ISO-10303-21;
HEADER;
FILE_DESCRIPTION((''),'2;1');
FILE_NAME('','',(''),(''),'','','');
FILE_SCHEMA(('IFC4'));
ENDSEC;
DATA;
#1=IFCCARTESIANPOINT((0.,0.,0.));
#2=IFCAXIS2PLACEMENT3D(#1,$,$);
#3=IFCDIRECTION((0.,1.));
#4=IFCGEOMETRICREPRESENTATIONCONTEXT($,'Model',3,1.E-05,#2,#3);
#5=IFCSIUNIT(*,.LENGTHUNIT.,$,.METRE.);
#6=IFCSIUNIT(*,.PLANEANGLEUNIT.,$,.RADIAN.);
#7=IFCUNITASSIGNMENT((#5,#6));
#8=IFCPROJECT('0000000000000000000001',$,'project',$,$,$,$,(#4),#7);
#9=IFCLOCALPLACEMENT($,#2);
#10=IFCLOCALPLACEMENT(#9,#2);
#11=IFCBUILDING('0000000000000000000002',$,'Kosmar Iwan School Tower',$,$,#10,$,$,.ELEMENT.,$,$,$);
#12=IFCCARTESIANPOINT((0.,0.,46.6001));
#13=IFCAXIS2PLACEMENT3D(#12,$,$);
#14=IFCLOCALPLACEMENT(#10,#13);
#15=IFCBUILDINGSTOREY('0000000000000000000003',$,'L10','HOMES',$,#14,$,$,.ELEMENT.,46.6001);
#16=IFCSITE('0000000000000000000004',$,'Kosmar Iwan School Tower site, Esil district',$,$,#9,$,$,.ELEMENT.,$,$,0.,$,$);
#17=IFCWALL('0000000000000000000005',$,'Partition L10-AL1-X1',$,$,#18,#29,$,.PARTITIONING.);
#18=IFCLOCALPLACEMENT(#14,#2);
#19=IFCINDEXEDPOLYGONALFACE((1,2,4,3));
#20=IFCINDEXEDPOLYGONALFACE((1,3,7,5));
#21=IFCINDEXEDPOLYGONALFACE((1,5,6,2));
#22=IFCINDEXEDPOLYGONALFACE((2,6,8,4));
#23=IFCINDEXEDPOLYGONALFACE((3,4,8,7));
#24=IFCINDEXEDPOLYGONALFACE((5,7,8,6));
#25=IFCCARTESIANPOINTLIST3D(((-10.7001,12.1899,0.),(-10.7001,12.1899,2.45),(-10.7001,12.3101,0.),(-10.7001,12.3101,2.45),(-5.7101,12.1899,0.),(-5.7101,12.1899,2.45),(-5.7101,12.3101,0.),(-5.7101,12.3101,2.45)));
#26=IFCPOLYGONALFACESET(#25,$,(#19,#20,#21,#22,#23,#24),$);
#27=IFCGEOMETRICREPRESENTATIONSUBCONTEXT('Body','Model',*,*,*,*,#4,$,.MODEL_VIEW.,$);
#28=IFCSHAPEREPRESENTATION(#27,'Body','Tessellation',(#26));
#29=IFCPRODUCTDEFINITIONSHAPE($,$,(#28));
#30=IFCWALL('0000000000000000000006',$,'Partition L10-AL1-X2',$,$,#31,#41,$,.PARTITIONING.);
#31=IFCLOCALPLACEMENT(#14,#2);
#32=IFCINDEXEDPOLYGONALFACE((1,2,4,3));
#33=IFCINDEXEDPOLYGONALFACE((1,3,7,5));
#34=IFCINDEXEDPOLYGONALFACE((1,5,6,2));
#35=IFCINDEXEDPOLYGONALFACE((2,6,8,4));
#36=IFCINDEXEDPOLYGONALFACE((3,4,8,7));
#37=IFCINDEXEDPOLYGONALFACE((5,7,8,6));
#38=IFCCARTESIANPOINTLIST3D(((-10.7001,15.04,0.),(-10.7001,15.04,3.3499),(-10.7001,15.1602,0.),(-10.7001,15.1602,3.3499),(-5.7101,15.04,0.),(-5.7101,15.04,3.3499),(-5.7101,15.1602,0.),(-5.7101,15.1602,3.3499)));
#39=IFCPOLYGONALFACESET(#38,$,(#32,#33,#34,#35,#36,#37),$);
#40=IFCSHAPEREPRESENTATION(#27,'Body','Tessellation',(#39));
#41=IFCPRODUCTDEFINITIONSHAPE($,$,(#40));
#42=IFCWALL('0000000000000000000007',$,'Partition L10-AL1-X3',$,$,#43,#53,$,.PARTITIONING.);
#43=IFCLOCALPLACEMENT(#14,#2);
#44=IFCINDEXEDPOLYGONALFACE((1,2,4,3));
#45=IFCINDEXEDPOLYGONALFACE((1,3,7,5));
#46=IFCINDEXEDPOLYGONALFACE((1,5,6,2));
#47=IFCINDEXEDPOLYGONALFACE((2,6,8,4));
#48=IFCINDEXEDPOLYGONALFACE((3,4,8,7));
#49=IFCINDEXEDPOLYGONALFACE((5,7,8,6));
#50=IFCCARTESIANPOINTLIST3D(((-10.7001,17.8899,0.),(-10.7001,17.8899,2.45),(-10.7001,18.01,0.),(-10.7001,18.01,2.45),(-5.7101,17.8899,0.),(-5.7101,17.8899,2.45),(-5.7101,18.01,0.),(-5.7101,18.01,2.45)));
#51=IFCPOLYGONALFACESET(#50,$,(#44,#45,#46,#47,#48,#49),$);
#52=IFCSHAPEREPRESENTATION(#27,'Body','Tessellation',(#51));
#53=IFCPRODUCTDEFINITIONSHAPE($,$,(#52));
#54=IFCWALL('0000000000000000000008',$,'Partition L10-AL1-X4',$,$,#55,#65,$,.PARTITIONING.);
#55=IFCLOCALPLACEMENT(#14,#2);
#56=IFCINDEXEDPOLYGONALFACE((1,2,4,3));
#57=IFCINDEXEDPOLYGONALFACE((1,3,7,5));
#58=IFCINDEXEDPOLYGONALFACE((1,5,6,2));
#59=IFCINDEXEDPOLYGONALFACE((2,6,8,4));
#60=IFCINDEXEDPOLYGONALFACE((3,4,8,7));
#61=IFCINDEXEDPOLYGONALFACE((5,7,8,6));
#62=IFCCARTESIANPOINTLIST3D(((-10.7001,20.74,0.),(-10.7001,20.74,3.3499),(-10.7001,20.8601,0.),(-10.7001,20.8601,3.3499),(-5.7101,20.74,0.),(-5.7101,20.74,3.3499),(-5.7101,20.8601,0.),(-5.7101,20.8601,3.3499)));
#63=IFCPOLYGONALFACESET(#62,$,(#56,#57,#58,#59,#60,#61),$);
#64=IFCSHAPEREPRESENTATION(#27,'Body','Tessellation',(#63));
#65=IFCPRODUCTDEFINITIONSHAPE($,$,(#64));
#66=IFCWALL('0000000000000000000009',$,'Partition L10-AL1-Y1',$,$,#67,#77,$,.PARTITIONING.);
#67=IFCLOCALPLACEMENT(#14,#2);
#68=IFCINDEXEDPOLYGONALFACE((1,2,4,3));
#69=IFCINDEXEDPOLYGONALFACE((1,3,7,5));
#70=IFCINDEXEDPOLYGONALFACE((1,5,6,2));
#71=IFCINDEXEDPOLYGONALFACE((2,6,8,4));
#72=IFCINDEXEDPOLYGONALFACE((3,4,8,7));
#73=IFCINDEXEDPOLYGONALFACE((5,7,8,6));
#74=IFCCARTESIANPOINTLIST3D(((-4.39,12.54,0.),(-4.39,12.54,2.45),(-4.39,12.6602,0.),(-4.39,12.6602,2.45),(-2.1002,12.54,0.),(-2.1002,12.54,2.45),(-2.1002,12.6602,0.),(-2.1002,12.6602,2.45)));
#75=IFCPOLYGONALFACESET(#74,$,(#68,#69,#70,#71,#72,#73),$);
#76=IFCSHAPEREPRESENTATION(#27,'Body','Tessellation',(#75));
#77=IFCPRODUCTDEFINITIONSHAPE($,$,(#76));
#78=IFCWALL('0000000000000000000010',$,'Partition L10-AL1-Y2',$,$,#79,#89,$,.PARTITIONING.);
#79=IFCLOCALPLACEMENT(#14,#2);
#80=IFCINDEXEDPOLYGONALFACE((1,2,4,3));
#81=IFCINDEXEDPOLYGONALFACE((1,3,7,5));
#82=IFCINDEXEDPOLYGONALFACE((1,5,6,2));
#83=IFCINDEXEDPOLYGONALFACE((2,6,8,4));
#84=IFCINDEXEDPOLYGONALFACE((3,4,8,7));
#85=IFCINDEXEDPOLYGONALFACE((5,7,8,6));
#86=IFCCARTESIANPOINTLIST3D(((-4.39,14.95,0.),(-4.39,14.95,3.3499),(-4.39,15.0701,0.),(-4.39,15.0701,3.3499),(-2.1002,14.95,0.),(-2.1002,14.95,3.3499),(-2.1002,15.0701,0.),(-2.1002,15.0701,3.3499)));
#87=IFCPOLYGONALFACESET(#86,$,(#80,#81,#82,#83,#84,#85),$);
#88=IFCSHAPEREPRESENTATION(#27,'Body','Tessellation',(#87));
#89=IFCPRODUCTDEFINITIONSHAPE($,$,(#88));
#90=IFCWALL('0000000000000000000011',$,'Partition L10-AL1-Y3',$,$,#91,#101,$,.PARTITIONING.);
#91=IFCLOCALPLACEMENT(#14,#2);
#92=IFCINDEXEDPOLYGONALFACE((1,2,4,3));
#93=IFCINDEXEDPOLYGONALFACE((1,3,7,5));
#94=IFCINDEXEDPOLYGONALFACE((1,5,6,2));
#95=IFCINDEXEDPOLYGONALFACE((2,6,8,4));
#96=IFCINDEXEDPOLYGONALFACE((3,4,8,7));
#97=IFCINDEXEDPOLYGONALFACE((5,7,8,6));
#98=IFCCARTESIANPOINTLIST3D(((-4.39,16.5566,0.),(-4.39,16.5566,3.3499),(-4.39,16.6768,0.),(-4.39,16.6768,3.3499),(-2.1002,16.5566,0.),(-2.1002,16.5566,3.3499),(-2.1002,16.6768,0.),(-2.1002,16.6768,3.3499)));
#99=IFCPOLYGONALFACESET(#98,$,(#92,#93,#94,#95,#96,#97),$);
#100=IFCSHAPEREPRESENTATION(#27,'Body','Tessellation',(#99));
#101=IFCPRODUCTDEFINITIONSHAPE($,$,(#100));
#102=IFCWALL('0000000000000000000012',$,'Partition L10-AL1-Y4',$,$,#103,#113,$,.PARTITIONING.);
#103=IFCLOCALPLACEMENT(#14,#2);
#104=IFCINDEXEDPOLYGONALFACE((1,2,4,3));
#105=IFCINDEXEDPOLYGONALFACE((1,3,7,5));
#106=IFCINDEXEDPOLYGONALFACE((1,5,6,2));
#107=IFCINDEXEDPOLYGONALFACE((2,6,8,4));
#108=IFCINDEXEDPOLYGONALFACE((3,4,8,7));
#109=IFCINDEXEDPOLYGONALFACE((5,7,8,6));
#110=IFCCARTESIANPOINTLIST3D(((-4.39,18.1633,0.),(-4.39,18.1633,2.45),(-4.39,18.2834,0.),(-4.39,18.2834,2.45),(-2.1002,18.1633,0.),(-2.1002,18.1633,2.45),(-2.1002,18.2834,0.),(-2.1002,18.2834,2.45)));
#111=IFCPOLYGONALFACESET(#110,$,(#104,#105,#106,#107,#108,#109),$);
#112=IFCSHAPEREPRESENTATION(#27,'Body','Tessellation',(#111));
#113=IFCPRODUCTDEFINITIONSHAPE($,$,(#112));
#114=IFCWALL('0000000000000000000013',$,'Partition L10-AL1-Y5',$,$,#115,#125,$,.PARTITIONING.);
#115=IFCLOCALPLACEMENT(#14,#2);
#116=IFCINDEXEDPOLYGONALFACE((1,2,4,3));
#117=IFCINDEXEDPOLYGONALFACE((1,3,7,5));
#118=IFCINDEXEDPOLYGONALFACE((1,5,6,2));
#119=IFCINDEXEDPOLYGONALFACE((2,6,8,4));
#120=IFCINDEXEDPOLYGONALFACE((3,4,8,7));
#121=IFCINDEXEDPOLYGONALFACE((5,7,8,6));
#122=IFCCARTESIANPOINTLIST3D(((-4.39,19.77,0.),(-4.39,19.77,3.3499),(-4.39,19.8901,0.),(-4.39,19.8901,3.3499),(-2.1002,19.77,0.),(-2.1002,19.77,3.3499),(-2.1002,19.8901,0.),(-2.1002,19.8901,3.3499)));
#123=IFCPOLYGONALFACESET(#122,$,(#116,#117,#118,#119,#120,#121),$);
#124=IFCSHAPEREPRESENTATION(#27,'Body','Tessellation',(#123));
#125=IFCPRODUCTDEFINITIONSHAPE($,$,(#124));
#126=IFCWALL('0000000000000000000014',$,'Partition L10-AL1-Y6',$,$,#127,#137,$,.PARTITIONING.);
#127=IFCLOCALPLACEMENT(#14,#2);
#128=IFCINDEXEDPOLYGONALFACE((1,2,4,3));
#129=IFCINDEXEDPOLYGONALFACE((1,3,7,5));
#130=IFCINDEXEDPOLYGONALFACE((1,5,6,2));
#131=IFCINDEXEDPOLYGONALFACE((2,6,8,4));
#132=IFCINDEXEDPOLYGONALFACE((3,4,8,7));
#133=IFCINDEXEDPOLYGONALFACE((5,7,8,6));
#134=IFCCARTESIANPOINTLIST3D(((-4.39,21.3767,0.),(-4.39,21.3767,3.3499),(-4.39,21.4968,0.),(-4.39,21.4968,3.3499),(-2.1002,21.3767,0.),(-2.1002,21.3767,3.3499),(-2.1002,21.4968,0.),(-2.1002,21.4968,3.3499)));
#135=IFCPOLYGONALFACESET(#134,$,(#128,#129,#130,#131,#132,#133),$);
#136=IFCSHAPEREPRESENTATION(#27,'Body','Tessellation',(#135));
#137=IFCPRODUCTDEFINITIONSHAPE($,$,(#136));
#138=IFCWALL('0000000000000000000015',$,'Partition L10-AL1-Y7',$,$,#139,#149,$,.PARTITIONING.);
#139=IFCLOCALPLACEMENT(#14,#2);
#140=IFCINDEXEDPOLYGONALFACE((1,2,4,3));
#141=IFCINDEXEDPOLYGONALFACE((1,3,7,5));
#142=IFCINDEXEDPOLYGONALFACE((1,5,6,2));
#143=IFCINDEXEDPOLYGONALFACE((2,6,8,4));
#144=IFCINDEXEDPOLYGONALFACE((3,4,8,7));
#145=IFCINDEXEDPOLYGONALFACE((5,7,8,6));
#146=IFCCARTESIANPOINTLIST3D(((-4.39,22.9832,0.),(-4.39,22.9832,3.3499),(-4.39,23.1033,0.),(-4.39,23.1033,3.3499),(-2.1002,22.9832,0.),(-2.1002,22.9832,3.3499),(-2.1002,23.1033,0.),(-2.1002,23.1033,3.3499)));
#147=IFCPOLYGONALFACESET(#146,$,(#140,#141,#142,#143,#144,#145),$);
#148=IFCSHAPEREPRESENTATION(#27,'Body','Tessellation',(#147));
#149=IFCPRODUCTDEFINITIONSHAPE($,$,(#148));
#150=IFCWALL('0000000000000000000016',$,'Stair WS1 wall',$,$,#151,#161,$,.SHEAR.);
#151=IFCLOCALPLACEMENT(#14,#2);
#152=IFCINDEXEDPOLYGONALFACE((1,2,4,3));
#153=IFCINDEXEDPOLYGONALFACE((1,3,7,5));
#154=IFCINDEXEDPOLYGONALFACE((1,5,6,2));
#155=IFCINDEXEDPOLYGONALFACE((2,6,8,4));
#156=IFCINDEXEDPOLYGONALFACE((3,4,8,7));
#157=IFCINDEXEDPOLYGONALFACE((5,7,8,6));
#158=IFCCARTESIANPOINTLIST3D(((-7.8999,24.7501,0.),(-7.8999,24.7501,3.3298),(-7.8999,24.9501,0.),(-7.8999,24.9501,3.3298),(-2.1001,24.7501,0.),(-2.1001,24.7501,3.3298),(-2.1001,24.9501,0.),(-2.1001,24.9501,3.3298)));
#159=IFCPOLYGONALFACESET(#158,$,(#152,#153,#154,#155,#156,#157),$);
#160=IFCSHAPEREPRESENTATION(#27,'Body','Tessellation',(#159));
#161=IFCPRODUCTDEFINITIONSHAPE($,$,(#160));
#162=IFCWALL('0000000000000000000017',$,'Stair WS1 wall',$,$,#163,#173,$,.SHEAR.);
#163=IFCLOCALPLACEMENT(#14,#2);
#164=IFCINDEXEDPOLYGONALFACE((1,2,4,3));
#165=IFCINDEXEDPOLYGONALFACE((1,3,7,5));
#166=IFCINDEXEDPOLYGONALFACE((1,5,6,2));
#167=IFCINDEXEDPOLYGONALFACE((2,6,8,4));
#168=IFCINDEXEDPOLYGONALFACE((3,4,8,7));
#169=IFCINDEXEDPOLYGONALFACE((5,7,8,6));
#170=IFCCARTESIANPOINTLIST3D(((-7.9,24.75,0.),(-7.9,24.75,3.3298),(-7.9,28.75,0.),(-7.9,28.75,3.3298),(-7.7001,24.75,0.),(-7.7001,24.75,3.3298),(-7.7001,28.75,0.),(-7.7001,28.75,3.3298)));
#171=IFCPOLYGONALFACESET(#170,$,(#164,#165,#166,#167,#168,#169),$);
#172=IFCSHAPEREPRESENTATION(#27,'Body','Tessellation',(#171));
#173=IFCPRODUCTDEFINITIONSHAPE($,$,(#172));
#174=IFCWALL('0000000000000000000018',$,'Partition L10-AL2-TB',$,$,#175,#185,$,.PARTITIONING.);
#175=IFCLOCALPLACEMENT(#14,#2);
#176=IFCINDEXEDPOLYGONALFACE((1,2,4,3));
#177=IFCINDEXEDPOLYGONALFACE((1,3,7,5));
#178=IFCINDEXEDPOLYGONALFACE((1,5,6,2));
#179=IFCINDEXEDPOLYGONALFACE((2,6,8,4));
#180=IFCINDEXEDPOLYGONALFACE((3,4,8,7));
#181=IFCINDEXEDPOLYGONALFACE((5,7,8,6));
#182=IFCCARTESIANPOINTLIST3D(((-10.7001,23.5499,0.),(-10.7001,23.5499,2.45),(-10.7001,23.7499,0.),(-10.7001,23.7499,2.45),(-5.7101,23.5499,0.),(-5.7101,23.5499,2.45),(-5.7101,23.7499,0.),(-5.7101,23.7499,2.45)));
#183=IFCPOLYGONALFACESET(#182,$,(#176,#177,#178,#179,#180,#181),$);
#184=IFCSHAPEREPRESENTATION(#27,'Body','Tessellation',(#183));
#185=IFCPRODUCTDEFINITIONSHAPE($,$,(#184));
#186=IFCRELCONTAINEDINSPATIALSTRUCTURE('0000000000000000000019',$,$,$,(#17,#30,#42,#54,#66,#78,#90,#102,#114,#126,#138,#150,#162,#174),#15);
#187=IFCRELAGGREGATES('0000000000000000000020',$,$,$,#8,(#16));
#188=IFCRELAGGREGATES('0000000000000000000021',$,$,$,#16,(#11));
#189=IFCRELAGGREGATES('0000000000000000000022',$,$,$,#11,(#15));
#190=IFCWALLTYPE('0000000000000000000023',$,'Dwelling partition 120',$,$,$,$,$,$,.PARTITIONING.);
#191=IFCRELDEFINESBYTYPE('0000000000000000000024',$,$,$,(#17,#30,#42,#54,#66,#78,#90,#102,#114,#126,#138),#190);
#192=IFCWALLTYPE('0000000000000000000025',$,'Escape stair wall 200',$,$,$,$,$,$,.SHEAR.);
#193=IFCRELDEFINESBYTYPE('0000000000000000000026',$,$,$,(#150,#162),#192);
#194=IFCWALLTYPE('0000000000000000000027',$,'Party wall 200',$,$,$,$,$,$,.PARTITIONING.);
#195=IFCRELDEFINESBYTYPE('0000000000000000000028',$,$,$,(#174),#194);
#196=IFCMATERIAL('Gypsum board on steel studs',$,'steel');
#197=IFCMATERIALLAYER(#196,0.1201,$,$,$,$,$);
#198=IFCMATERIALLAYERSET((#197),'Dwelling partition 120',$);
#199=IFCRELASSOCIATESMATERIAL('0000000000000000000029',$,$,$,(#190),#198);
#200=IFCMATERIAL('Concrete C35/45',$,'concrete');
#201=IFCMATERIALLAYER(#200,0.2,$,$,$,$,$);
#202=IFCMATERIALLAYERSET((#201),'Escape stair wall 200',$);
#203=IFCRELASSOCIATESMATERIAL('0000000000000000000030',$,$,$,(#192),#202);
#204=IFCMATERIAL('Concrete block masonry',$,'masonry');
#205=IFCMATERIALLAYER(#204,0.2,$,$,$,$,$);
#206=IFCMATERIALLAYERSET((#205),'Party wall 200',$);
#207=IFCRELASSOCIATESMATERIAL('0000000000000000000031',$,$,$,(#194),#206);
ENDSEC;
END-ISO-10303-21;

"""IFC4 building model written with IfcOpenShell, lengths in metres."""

from ifc_helpers import new_model, si_unit, direction, frame, frame_2d, origin, place, context, subcontext, project, spatial, rectangle, extrude, material, layer, layer_set, type_object, element, save


model = new_model("IFC4")

# Units and contexts
model_context = context("Model", 3, precision=1e-05, world=origin(), true_north=direction((0.0, 1.0)))
body_context = subcontext(model_context, "Body", "Model", "MODEL_VIEW")
ifc_project = project(units=[si_unit("LENGTHUNIT", "METRE"), si_unit("PLANEANGLEUNIT", "RADIAN")], contexts=[model_context])

# Site, building, storey
site_placement = place(None, origin())
site = spatial("IfcSite", under=ifc_project, at=site_placement, Name="Kosmar Iwan School Tower site, Esil district", CompositionType="ELEMENT", RefElevation=0.0)
building_placement = place(site_placement, origin())
building = spatial("IfcBuilding", under=site, at=building_placement, Name="Kosmar Iwan School Tower", CompositionType="ELEMENT")
storey_placement = place(building_placement, frame((0.0, 0.0, 46.6001)))
storey = spatial("IfcBuildingStorey", under=building, at=storey_placement, Name="L10", Description="HOMES", CompositionType="ELEMENT", Elevation=46.6001)

# Walls
ifc_material_1 = material(Name="Gypsum board on steel studs", Category="steel")
ifc_layer_1 = layer(ifc_material_1, 0.1201)
ifc_layer_set_1 = layer_set([ifc_layer_1], Name="Dwelling partition 120")
wall_type_1 = type_object("IfcWallType", Name="Dwelling partition 120", PredefinedType="PARTITIONING", material=ifc_layer_set_1)
wall_1_placement = place(storey_placement, frame((-5.71, 12.25, 0.0), z_axis=(0.0, 0.0, 1.0), x_axis=(-1.0, 0.0, 0.0)))
element("IfcWall", 1, at=wall_1_placement, inside=storey, type_object=wall_type_1, Name="Partition L10-AL1-X1", PredefinedType="PARTITIONING", context=body_context, shape_type="SweptSolid", body=[
    extrude(rectangle(XDim=4.99, YDim=0.1201, at=frame_2d((2.4951, 0.0))), origin(), (0.0, 0.0, 1.0), 2.45),
])
wall_2_placement = place(storey_placement, frame((-5.71, 15.1001, 0.0), z_axis=(0.0, 0.0, 1.0), x_axis=(-1.0, 0.0, 0.0)))
element("IfcWall", 2, at=wall_2_placement, inside=storey, type_object=wall_type_1, Name="Partition L10-AL1-X2", PredefinedType="PARTITIONING", context=body_context, shape_type="SweptSolid", body=[
    extrude(rectangle(XDim=4.99, YDim=0.1201, at=frame_2d((2.4951, 0.0))), origin(), (0.0, 0.0, 1.0), 3.3499),
])
wall_3_placement = place(storey_placement, frame((-5.71, 17.95, 0.0), z_axis=(0.0, 0.0, 1.0), x_axis=(-1.0, 0.0, 0.0)))
element("IfcWall", 3, at=wall_3_placement, inside=storey, type_object=wall_type_1, Name="Partition L10-AL1-X3", PredefinedType="PARTITIONING", context=body_context, shape_type="SweptSolid", body=[
    extrude(rectangle(XDim=4.99, YDim=0.1201, at=frame_2d((2.4951, 0.0))), origin(), (0.0, 0.0, 1.0), 2.45),
])
wall_4_placement = place(storey_placement, frame((-5.71, 20.8, 0.0), z_axis=(0.0, 0.0, 1.0), x_axis=(-1.0, 0.0, 0.0)))
element("IfcWall", 4, at=wall_4_placement, inside=storey, type_object=wall_type_1, Name="Partition L10-AL1-X4", PredefinedType="PARTITIONING", context=body_context, shape_type="SweptSolid", body=[
    extrude(rectangle(XDim=4.99, YDim=0.1201, at=frame_2d((2.4951, 0.0))), origin(), (0.0, 0.0, 1.0), 3.3499),
])
wall_5_placement = place(storey_placement, frame((-2.1001, 12.6001, 0.0), z_axis=(0.0, 0.0, 1.0), x_axis=(-1.0, 0.0, 0.0)))
element("IfcWall", 5, at=wall_5_placement, inside=storey, type_object=wall_type_1, Name="Partition L10-AL1-Y1", PredefinedType="PARTITIONING", context=body_context, shape_type="SweptSolid", body=[
    extrude(rectangle(XDim=2.2898, YDim=0.1201, at=frame_2d((1.145, 0.0))), origin(), (0.0, 0.0, 1.0), 2.45),
])
for number, where, z_axis, x_axis, name in (
    (6, (-2.1001, 15.01, 0.0), (0.0, 0.0, 1.0), (-1.0, 0.0, 0.0), "Partition L10-AL1-Y2"),
    (7, (-2.1001, 16.6167, 0.0), (0.0, 0.0, 1.0), (-1.0, 0.0, 0.0), "Partition L10-AL1-Y3"),
):
    element("IfcWall", number, at=place(storey_placement, frame(where, z_axis=z_axis, x_axis=x_axis)), inside=storey, type_object=wall_type_1, Name=name, PredefinedType="PARTITIONING", context=body_context, shape_type="SweptSolid", body=[
        extrude(rectangle(XDim=2.2898, YDim=0.1201, at=frame_2d((1.145, 0.0))), origin(), (0.0, 0.0, 1.0), 3.3499),
    ])
wall_6_placement = place(storey_placement, frame((-2.1001, 18.2234, 0.0), z_axis=(0.0, 0.0, 1.0), x_axis=(-1.0, 0.0, 0.0)))
element("IfcWall", 8, at=wall_6_placement, inside=storey, type_object=wall_type_1, Name="Partition L10-AL1-Y4", PredefinedType="PARTITIONING", context=body_context, shape_type="SweptSolid", body=[
    extrude(rectangle(XDim=2.2898, YDim=0.1201, at=frame_2d((1.145, 0.0))), origin(), (0.0, 0.0, 1.0), 2.45),
])
for number, where, z_axis, x_axis, name in (
    (9, (-2.1001, 19.8301, 0.0), (0.0, 0.0, 1.0), (-1.0, 0.0, 0.0), "Partition L10-AL1-Y5"),
    (10, (-2.1001, 21.4368, 0.0), (0.0, 0.0, 1.0), (-1.0, 0.0, 0.0), "Partition L10-AL1-Y6"),
    (11, (-2.1001, 23.0432, 0.0), (0.0, 0.0, 1.0), (-1.0, 0.0, 0.0), "Partition L10-AL1-Y7"),
):
    element("IfcWall", number, at=place(storey_placement, frame(where, z_axis=z_axis, x_axis=x_axis)), inside=storey, type_object=wall_type_1, Name=name, PredefinedType="PARTITIONING", context=body_context, shape_type="SweptSolid", body=[
        extrude(rectangle(XDim=2.2898, YDim=0.1201, at=frame_2d((1.145, 0.0))), origin(), (0.0, 0.0, 1.0), 3.3499),
    ])
ifc_material_2 = material(Name="Concrete C35/45", Category="concrete")
ifc_layer_2 = layer(ifc_material_2, 0.2)
ifc_layer_set_2 = layer_set([ifc_layer_2], Name="Escape stair wall 200")
wall_type_2 = type_object("IfcWallType", Name="Escape stair wall 200", PredefinedType="SHEAR", material=ifc_layer_set_2)
wall_7_placement = place(storey_placement, frame((-2.1001, 24.8501, 0.0), z_axis=(0.0, 0.0, 1.0), x_axis=(-1.0, 0.0, 0.0)))
element("IfcWall", 12, at=wall_7_placement, inside=storey, type_object=wall_type_2, Name="Stair WS1 wall", PredefinedType="SHEAR", context=body_context, shape_type="SweptSolid", body=[
    extrude(rectangle(XDim=5.7998, YDim=0.2, at=frame_2d((2.8999, 0.0))), origin(), (0.0, 0.0, 1.0), 3.3298),
])
wall_8_placement = place(storey_placement, frame((-7.8, 24.75, 0.0), z_axis=(0.0, 0.0, 1.0), x_axis=(0.0, 1.0, 0.0)))
element("IfcWall", 13, at=wall_8_placement, inside=storey, type_object=wall_type_2, Name="Stair WS1 wall", PredefinedType="SHEAR", context=body_context, shape_type="SweptSolid", body=[
    extrude(rectangle(XDim=4.0, YDim=0.2, at=frame_2d((2.0, 0.0))), origin(), (0.0, 0.0, 1.0), 3.3298),
])
ifc_material_3 = material(Name="Concrete block masonry", Category="masonry")
ifc_layer_3 = layer(ifc_material_3, 0.2)
ifc_layer_set_3 = layer_set([ifc_layer_3], Name="Party wall 200")
wall_type_3 = type_object("IfcWallType", Name="Party wall 200", PredefinedType="PARTITIONING", material=ifc_layer_set_3)
wall_9_placement = place(storey_placement, frame((-5.71, 23.6499, 0.0), z_axis=(0.0, 0.0, 1.0), x_axis=(-1.0, 0.0, 0.0)))
element("IfcWall", 14, at=wall_9_placement, inside=storey, type_object=wall_type_3, Name="Partition L10-AL2-TB", PredefinedType="PARTITIONING", context=body_context, shape_type="SweptSolid", body=[
    extrude(rectangle(XDim=4.99, YDim=0.2, at=frame_2d((2.4951, 0.0))), origin(), (0.0, 0.0, 1.0), 2.45),
])

save(model, "model.ifc")
